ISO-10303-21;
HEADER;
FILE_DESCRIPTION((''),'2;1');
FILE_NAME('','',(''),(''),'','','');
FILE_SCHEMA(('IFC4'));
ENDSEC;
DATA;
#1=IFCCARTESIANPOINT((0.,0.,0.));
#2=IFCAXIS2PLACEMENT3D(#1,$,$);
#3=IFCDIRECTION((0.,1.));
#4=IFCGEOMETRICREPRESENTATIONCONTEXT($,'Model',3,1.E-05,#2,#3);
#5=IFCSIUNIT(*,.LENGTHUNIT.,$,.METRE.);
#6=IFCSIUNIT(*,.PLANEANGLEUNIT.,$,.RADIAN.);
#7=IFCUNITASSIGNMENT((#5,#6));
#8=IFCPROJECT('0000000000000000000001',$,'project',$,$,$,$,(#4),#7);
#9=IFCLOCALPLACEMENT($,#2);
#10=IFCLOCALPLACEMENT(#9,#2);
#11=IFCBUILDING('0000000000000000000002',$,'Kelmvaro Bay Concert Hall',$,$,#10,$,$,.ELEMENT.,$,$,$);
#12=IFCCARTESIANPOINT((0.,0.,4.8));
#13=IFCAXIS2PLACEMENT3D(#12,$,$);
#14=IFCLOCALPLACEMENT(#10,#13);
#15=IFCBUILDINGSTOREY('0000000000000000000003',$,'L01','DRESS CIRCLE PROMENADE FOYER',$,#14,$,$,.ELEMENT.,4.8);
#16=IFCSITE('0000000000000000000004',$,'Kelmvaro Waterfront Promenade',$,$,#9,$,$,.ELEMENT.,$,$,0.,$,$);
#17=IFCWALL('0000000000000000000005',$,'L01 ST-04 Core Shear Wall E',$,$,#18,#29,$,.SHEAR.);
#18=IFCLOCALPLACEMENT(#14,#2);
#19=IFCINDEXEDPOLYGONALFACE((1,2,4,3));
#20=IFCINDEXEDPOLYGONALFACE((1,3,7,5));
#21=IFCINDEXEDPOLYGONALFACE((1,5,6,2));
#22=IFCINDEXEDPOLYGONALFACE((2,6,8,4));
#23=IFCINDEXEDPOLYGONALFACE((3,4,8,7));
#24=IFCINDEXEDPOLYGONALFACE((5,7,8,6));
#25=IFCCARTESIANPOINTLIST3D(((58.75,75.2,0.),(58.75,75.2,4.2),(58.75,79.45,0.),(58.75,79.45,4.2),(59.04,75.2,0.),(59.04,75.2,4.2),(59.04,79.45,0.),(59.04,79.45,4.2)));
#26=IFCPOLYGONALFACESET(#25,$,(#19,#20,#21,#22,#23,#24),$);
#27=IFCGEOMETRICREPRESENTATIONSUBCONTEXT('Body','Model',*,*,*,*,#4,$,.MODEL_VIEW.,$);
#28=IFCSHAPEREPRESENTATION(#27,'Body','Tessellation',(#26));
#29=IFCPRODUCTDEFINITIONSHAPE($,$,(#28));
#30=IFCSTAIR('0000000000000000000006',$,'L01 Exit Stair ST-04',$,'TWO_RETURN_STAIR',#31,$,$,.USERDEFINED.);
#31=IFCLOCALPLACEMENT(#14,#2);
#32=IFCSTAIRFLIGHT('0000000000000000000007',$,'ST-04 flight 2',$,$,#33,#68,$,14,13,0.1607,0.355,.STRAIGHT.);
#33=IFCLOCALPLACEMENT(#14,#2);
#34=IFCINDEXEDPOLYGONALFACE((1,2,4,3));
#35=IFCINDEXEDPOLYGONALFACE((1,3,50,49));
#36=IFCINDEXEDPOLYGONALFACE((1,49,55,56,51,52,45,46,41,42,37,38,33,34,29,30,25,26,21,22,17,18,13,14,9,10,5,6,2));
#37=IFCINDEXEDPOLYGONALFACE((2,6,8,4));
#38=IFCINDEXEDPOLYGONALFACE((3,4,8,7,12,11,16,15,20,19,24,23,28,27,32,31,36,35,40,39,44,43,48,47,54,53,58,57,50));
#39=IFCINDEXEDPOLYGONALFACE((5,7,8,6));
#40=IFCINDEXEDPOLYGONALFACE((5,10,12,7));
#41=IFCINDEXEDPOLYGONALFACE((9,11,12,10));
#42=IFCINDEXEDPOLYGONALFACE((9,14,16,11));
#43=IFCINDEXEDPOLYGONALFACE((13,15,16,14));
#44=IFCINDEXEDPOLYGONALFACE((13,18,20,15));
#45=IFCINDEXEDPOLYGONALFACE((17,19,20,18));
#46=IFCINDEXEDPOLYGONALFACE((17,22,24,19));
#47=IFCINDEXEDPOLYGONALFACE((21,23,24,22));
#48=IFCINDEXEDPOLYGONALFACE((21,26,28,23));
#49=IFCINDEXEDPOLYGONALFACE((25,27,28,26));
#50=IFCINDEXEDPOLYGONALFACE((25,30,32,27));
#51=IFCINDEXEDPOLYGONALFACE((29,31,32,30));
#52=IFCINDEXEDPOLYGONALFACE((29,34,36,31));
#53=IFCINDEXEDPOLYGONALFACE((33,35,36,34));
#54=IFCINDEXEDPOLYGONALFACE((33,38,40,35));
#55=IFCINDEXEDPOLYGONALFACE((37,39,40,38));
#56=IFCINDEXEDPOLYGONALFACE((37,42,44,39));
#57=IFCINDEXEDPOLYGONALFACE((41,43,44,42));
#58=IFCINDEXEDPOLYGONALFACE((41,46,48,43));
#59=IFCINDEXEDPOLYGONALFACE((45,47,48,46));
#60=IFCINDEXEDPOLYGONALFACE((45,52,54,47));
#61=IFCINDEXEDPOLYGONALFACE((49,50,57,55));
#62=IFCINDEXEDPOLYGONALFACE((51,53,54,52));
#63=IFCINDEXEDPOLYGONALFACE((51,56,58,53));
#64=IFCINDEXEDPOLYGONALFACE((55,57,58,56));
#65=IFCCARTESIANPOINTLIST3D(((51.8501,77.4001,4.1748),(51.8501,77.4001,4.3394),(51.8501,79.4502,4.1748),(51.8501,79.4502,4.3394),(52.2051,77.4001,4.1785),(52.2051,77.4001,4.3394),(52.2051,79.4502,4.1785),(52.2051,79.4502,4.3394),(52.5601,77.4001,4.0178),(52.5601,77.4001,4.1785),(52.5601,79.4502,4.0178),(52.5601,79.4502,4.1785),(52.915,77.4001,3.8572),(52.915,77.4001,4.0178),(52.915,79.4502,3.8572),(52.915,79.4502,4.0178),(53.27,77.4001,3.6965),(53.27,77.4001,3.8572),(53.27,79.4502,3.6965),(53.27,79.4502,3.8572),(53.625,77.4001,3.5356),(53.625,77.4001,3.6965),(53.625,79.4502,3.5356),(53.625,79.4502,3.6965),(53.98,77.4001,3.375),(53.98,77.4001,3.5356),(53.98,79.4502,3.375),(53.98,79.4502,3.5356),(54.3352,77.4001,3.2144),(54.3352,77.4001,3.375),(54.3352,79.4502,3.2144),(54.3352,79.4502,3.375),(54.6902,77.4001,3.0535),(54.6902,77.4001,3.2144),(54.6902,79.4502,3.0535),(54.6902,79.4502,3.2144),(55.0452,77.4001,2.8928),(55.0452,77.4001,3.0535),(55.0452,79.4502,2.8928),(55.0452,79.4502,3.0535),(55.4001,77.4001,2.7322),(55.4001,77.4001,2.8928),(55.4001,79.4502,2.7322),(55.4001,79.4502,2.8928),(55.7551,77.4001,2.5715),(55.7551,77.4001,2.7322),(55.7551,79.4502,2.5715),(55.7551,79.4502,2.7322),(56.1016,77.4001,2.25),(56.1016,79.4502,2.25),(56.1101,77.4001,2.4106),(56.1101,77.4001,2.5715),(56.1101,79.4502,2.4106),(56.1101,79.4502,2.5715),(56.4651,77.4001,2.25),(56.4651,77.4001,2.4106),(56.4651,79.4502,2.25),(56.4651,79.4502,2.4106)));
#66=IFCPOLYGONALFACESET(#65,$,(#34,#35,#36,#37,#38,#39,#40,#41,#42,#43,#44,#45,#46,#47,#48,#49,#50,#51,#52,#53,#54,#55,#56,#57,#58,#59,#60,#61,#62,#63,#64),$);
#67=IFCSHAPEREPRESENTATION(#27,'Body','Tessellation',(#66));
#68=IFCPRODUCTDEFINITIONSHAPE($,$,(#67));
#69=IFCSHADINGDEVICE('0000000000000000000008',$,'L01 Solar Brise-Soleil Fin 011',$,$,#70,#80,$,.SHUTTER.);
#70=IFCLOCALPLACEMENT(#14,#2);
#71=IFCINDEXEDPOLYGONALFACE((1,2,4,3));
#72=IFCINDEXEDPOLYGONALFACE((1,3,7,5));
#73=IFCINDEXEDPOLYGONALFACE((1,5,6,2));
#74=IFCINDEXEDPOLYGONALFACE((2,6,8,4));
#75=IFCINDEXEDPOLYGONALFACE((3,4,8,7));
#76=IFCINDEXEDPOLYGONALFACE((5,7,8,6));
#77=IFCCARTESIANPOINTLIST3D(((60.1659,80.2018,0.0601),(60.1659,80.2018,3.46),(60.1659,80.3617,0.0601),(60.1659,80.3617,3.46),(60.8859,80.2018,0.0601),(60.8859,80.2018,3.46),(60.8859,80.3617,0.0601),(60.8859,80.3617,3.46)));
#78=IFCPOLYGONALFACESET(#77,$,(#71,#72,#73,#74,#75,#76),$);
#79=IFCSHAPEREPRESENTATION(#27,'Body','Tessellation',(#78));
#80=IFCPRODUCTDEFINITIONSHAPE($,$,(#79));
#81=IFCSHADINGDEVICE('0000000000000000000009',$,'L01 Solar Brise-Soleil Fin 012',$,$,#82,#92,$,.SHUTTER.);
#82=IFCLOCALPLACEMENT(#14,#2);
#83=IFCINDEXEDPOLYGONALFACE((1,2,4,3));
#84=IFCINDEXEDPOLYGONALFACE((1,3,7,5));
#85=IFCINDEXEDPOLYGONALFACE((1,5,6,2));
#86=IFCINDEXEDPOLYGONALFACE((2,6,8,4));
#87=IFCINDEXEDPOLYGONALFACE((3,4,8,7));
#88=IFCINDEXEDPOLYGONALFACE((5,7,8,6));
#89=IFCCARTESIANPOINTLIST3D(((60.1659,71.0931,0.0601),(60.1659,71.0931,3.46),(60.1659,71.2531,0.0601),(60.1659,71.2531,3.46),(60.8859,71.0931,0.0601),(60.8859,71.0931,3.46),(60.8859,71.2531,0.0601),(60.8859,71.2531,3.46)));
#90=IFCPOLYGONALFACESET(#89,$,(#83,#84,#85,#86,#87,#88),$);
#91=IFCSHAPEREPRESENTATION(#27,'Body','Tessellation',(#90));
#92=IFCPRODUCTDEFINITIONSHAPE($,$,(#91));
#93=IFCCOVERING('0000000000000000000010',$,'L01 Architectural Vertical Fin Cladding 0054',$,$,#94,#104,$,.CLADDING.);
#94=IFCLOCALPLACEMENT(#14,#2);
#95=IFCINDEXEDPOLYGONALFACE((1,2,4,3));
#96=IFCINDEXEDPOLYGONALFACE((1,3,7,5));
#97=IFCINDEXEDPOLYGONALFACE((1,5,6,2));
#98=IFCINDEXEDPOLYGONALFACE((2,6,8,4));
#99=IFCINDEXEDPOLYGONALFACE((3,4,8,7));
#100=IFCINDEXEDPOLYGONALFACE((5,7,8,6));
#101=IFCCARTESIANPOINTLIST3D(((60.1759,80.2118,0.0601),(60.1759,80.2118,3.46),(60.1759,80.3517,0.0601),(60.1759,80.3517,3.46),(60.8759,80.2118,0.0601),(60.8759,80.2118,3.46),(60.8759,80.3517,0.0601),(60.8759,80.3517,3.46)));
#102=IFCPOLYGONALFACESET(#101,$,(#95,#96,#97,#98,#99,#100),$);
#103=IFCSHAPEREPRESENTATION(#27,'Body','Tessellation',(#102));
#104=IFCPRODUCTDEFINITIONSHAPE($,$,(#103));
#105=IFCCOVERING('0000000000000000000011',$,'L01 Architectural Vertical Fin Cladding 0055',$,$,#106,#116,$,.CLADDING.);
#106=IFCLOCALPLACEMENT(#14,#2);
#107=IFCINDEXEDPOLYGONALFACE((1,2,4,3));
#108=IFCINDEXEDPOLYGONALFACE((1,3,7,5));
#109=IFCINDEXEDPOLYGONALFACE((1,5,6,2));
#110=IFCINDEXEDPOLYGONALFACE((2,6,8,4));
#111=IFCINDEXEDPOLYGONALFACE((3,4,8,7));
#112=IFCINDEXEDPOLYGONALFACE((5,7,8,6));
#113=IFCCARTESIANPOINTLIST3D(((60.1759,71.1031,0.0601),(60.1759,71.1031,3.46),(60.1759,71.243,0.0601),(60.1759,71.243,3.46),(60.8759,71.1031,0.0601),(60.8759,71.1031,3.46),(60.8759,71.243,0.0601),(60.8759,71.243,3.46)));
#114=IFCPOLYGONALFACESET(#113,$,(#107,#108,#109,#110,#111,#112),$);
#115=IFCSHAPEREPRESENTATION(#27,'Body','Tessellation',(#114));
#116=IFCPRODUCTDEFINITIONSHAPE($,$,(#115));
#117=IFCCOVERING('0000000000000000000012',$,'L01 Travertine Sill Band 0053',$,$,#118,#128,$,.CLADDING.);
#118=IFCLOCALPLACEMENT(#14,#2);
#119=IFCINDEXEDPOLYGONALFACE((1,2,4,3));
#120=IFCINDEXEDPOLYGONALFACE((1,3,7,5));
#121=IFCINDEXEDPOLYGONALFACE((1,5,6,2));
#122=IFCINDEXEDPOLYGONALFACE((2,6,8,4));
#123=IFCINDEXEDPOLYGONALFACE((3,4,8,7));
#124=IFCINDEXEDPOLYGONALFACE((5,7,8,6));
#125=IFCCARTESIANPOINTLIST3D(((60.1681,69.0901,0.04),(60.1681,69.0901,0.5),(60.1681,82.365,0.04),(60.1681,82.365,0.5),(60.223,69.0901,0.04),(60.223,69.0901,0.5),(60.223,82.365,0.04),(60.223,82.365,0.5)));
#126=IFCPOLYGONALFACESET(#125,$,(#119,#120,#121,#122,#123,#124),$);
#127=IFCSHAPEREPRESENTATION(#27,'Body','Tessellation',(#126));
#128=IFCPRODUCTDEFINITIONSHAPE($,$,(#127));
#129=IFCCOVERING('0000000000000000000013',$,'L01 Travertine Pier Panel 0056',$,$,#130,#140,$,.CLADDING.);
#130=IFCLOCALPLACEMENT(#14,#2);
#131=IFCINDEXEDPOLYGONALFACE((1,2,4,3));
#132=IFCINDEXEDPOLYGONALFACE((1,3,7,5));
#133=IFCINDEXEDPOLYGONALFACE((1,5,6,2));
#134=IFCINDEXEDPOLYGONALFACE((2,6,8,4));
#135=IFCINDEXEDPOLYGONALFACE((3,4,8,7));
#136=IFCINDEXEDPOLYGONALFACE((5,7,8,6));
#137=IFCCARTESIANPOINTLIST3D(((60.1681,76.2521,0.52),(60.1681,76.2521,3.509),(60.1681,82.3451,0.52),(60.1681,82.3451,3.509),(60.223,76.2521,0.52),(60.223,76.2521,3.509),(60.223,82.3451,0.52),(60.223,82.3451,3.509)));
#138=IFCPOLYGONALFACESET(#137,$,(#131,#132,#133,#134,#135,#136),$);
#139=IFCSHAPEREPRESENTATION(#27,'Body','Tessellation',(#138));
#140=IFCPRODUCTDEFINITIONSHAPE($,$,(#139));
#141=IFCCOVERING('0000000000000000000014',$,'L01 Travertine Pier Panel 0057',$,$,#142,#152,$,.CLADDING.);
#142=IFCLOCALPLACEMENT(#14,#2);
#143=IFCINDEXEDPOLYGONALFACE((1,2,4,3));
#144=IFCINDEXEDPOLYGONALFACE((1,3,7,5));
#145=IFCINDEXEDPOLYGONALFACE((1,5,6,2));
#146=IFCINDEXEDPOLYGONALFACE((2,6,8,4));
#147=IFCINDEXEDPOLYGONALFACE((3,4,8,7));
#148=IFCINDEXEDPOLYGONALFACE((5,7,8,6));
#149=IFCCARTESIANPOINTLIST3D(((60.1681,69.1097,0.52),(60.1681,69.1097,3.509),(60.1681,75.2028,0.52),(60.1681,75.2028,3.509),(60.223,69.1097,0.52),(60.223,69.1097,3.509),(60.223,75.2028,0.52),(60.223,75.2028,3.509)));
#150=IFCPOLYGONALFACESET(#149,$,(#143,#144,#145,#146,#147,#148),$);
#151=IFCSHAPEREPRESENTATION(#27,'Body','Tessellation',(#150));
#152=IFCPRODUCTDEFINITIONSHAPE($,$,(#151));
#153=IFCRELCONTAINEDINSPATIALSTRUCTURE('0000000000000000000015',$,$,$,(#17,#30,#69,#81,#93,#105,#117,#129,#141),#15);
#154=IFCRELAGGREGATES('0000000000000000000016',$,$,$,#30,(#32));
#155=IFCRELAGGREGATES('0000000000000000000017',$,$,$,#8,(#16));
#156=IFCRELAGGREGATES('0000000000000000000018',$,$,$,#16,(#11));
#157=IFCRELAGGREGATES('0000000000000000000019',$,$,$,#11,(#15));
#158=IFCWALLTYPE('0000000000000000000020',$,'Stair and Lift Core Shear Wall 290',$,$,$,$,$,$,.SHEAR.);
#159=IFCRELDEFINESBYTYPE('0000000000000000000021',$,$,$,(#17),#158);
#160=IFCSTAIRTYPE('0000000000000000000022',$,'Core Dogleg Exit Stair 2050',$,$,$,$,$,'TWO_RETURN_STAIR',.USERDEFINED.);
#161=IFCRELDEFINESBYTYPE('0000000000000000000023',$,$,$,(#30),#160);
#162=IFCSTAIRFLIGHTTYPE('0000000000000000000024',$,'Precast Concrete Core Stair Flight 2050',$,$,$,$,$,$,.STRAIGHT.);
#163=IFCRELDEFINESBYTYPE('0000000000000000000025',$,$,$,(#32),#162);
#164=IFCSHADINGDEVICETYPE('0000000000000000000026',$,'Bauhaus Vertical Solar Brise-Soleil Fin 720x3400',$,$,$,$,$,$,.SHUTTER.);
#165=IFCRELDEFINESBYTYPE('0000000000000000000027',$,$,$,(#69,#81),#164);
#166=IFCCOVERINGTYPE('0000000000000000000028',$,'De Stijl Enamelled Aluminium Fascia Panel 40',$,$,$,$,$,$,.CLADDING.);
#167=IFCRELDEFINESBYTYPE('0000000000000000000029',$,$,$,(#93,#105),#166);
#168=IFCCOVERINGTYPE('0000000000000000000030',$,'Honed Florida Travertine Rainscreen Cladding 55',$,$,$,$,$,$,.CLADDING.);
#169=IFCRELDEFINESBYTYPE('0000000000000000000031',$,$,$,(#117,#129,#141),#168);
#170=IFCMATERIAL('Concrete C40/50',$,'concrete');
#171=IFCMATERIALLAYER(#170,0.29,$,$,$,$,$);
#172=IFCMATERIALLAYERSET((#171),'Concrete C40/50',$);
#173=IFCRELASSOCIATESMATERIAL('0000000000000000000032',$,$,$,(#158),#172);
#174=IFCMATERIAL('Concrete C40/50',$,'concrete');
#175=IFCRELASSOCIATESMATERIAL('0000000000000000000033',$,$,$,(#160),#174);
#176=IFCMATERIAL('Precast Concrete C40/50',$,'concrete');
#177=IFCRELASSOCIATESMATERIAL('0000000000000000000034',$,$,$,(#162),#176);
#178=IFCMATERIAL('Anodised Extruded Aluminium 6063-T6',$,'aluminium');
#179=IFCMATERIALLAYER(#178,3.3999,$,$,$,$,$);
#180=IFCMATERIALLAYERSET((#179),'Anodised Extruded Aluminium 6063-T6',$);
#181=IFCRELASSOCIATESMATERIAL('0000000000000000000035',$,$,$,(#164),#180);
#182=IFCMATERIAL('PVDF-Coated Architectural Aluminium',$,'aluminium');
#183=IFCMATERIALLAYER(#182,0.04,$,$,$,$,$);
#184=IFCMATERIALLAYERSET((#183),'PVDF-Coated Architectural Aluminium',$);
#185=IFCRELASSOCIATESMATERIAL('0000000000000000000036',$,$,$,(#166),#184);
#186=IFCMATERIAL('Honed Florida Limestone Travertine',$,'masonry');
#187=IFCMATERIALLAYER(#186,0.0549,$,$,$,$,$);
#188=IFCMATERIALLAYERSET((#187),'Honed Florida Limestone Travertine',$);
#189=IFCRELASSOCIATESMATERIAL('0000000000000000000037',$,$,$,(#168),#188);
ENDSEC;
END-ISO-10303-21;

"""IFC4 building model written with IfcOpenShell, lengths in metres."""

from ifc_helpers import new_model, si_unit, direction, frame, frame_2d, origin, origin_2d, place, context, subcontext, project, spatial, polyline, rectangle, outline, extrude, material, layer, layer_set, type_object, element, aggregate, save


model = new_model("IFC4")

# Units and contexts
model_context = context("Model", 3, precision=1e-05, world=origin(), true_north=direction((0.0, 1.0)))
body_context = subcontext(model_context, "Body", "Model", "MODEL_VIEW")
ifc_project = project(units=[si_unit("LENGTHUNIT", "METRE"), si_unit("PLANEANGLEUNIT", "RADIAN")], contexts=[model_context])

# Site, building, storey
site_placement = place(None, origin())
site = spatial("IfcSite", under=ifc_project, at=site_placement, Name="Kelmvaro Waterfront Promenade", CompositionType="ELEMENT", RefElevation=0.0)
building_placement = place(site_placement, origin())
building = spatial("IfcBuilding", under=site, at=building_placement, Name="Kelmvaro Bay Concert Hall", CompositionType="ELEMENT")
storey_placement = place(building_placement, frame((0.0, 0.0, 4.8)))
storey = spatial("IfcBuildingStorey", under=building, at=storey_placement, Name="L01", Description="DRESS CIRCLE PROMENADE FOYER", CompositionType="ELEMENT", Elevation=4.8)

# Wall
ifc_material_1 = material(Name="Concrete C40/50", Category="concrete")
ifc_layer_1 = layer(ifc_material_1, 0.29)
ifc_layer_set_1 = layer_set([ifc_layer_1], Name="Concrete C40/50")
wall_type_1 = type_object("IfcWallType", Name="Stair and Lift Core Shear Wall 290", PredefinedType="SHEAR", material=ifc_layer_set_1)
wall_1_placement = place(storey_placement, frame((58.895, 75.2, 0.0), z_axis=(0.0, 0.0, 1.0), x_axis=(0.0, 1.0, 0.0)))
element("IfcWall", 1, at=wall_1_placement, inside=storey, type_object=wall_type_1, Name="L01 ST-04 Core Shear Wall E", PredefinedType="SHEAR", context=body_context, shape_type="SweptSolid", body=[
    extrude(rectangle(XDim=4.25, YDim=0.29, at=frame_2d((2.125, 0.0))), origin(), (0.0, 0.0, 1.0), 4.2),
])

# Stair, stair flight
ifc_material_2 = material(Name="Concrete C40/50", Category="concrete")
stair_type = type_object("IfcStairType", Name="Core Dogleg Exit Stair 2050", ElementType="TWO_RETURN_STAIR", PredefinedType="USERDEFINED", material=ifc_material_2)
stair_placement = place(storey_placement, origin())
stair = element("IfcStair", 2, at=stair_placement, inside=storey, type_object=stair_type, Name="L01 Exit Stair ST-04", ObjectType="TWO_RETURN_STAIR", PredefinedType="USERDEFINED")
ifc_material_3 = material(Name="Precast Concrete C40/50", Category="concrete")
stair_flight_type = type_object("IfcStairFlightType", Name="Precast Concrete Core Stair Flight 2050", PredefinedType="STRAIGHT", material=ifc_material_3)
stair_flight_placement = place(storey_placement, frame((56.4651, 78.425, 2.25), z_axis=(0.0, 0.0, 1.0), x_axis=(-1.0, 0.0, 0.0)))
stair_flight = element("IfcStairFlight", 3, at=stair_flight_placement, type_object=stair_flight_type, Name="ST-04 flight 2", NumberOfRisers=14, NumberOfTreads=13, PredefinedType="STRAIGHT", RiserHeight=0.1607, TreadLength=0.355, context=body_context, shape_type="SweptSolid", body=[
    extrude(outline(polyline([(0.0, 0.0), (0.0, 0.1606), (0.355, 0.1606), (0.355, 0.3215), (0.71, 0.3215), (0.71, 0.4822), (1.0649, 0.4822), (1.0649, 0.6428), (1.4199, 0.6428), (1.4199, 0.8035), (1.7749, 0.8035), (1.7749, 0.9644), (2.1299, 0.9644), (2.1299, 1.125), (2.4851, 1.125), (2.4851, 1.2856), (2.8401, 1.2856), (2.8401, 1.4465), (3.1951, 1.4465), (3.1951, 1.6072), (3.55, 1.6072), (3.55, 1.7678), (3.905, 1.7678), (3.905, 1.9285), (4.26, 1.9285), (4.26, 2.0894), (4.615, 2.0894), (4.615, 2.25), (4.615, 1.9248), (0.3635, 0.0), (0.0, 0.0)])), frame((0.0, 1.0249, 0.0), z_axis=(0.0, -1.0, 0.0), x_axis=(1.0, 0.0, 0.0)), (0.0, 0.0, 1.0), 2.05),
])
aggregate(stair, [stair_flight])

# Shading devices
ifc_material_4 = material(Name="Anodised Extruded Aluminium 6063-T6", Category="aluminium")
ifc_layer_2 = layer(ifc_material_4, 3.3999)
ifc_layer_set_2 = layer_set([ifc_layer_2], Name="Anodised Extruded Aluminium 6063-T6")
shading_device_type = type_object("IfcShadingDeviceType", Name="Bauhaus Vertical Solar Brise-Soleil Fin 720x3400", PredefinedType="SHUTTER", material=ifc_layer_set_2)
for number, where, z_axis, x_axis, name in (
    (4, (60.5259, 80.2817, 0.0601), (0.0, 0.0, 1.0), (0.0, -1.0, 0.0), "L01 Solar Brise-Soleil Fin 011"),
    (5, (60.5259, 71.1731, 0.0601), (0.0, 0.0, 1.0), (0.0, -1.0, 0.0), "L01 Solar Brise-Soleil Fin 012"),
):
    element("IfcShadingDevice", number, at=place(storey_placement, frame(where, z_axis=z_axis, x_axis=x_axis)), inside=storey, type_object=shading_device_type, Name=name, PredefinedType="SHUTTER", context=body_context, shape_type="SweptSolid", body=[
        extrude(rectangle(XDim=0.1599, YDim=0.72, at=origin_2d()), origin(), (0.0, 0.0, 1.0), 3.3999),
    ])

# Coverings
ifc_material_5 = material(Name="PVDF-Coated Architectural Aluminium", Category="aluminium")
ifc_layer_3 = layer(ifc_material_5, 0.04)
ifc_layer_set_3 = layer_set([ifc_layer_3], Name="PVDF-Coated Architectural Aluminium")
covering_type_1 = type_object("IfcCoveringType", Name="De Stijl Enamelled Aluminium Fascia Panel 40", PredefinedType="CLADDING", material=ifc_layer_set_3)
for number, where, z_axis, x_axis, name in (
    (6, (60.5259, 80.2817, 0.0601), (0.0, 0.0, 1.0), (0.0, -1.0, 0.0), "L01 Architectural Vertical Fin Cladding 0054"),
    (7, (60.5259, 71.1731, 0.0601), (0.0, 0.0, 1.0), (0.0, -1.0, 0.0), "L01 Architectural Vertical Fin Cladding 0055"),
):
    element("IfcCovering", number, at=place(storey_placement, frame(where, z_axis=z_axis, x_axis=x_axis)), inside=storey, type_object=covering_type_1, Name=name, PredefinedType="CLADDING", context=body_context, shape_type="SweptSolid", body=[
        extrude(rectangle(XDim=0.1399, YDim=0.7, at=origin_2d()), origin(), (0.0, 0.0, 1.0), 3.3999),
    ])
ifc_material_6 = material(Name="Honed Florida Limestone Travertine", Category="masonry")
ifc_layer_4 = layer(ifc_material_6, 0.0549)
ifc_layer_set_4 = layer_set([ifc_layer_4], Name="Honed Florida Limestone Travertine")
covering_type_2 = type_object("IfcCoveringType", Name="Honed Florida Travertine Rainscreen Cladding 55", PredefinedType="CLADDING", material=ifc_layer_set_4)
covering_placement = place(storey_placement, frame((60.1956, 75.7275, 0.04), z_axis=(0.0, 0.0, 1.0), x_axis=(0.0, -1.0, 0.0)))
element("IfcCovering", 8, at=covering_placement, inside=storey, type_object=covering_type_2, Name="L01 Travertine Sill Band 0053", PredefinedType="CLADDING", context=body_context, shape_type="SweptSolid", body=[
    extrude(rectangle(XDim=13.2749, YDim=0.0549, at=origin_2d()), origin(), (0.0, 0.0, 1.0), 0.46),
])
for number, where, z_axis, x_axis, name in (
    (9, (60.1956, 79.2986, 0.52), (0.0, 0.0, 1.0), (0.0, -1.0, 0.0), "L01 Travertine Pier Panel 0056"),
    (10, (60.1956, 72.1562, 0.52), (0.0, 0.0, 1.0), (0.0, -1.0, 0.0), "L01 Travertine Pier Panel 0057"),
):
    element("IfcCovering", number, at=place(storey_placement, frame(where, z_axis=z_axis, x_axis=x_axis)), inside=storey, type_object=covering_type_2, Name=name, PredefinedType="CLADDING", context=body_context, shape_type="SweptSolid", body=[
        extrude(rectangle(XDim=6.093, YDim=0.0549, at=origin_2d()), origin(), (0.0, 0.0, 1.0), 2.989),
    ])

save(model, "model.ifc")
